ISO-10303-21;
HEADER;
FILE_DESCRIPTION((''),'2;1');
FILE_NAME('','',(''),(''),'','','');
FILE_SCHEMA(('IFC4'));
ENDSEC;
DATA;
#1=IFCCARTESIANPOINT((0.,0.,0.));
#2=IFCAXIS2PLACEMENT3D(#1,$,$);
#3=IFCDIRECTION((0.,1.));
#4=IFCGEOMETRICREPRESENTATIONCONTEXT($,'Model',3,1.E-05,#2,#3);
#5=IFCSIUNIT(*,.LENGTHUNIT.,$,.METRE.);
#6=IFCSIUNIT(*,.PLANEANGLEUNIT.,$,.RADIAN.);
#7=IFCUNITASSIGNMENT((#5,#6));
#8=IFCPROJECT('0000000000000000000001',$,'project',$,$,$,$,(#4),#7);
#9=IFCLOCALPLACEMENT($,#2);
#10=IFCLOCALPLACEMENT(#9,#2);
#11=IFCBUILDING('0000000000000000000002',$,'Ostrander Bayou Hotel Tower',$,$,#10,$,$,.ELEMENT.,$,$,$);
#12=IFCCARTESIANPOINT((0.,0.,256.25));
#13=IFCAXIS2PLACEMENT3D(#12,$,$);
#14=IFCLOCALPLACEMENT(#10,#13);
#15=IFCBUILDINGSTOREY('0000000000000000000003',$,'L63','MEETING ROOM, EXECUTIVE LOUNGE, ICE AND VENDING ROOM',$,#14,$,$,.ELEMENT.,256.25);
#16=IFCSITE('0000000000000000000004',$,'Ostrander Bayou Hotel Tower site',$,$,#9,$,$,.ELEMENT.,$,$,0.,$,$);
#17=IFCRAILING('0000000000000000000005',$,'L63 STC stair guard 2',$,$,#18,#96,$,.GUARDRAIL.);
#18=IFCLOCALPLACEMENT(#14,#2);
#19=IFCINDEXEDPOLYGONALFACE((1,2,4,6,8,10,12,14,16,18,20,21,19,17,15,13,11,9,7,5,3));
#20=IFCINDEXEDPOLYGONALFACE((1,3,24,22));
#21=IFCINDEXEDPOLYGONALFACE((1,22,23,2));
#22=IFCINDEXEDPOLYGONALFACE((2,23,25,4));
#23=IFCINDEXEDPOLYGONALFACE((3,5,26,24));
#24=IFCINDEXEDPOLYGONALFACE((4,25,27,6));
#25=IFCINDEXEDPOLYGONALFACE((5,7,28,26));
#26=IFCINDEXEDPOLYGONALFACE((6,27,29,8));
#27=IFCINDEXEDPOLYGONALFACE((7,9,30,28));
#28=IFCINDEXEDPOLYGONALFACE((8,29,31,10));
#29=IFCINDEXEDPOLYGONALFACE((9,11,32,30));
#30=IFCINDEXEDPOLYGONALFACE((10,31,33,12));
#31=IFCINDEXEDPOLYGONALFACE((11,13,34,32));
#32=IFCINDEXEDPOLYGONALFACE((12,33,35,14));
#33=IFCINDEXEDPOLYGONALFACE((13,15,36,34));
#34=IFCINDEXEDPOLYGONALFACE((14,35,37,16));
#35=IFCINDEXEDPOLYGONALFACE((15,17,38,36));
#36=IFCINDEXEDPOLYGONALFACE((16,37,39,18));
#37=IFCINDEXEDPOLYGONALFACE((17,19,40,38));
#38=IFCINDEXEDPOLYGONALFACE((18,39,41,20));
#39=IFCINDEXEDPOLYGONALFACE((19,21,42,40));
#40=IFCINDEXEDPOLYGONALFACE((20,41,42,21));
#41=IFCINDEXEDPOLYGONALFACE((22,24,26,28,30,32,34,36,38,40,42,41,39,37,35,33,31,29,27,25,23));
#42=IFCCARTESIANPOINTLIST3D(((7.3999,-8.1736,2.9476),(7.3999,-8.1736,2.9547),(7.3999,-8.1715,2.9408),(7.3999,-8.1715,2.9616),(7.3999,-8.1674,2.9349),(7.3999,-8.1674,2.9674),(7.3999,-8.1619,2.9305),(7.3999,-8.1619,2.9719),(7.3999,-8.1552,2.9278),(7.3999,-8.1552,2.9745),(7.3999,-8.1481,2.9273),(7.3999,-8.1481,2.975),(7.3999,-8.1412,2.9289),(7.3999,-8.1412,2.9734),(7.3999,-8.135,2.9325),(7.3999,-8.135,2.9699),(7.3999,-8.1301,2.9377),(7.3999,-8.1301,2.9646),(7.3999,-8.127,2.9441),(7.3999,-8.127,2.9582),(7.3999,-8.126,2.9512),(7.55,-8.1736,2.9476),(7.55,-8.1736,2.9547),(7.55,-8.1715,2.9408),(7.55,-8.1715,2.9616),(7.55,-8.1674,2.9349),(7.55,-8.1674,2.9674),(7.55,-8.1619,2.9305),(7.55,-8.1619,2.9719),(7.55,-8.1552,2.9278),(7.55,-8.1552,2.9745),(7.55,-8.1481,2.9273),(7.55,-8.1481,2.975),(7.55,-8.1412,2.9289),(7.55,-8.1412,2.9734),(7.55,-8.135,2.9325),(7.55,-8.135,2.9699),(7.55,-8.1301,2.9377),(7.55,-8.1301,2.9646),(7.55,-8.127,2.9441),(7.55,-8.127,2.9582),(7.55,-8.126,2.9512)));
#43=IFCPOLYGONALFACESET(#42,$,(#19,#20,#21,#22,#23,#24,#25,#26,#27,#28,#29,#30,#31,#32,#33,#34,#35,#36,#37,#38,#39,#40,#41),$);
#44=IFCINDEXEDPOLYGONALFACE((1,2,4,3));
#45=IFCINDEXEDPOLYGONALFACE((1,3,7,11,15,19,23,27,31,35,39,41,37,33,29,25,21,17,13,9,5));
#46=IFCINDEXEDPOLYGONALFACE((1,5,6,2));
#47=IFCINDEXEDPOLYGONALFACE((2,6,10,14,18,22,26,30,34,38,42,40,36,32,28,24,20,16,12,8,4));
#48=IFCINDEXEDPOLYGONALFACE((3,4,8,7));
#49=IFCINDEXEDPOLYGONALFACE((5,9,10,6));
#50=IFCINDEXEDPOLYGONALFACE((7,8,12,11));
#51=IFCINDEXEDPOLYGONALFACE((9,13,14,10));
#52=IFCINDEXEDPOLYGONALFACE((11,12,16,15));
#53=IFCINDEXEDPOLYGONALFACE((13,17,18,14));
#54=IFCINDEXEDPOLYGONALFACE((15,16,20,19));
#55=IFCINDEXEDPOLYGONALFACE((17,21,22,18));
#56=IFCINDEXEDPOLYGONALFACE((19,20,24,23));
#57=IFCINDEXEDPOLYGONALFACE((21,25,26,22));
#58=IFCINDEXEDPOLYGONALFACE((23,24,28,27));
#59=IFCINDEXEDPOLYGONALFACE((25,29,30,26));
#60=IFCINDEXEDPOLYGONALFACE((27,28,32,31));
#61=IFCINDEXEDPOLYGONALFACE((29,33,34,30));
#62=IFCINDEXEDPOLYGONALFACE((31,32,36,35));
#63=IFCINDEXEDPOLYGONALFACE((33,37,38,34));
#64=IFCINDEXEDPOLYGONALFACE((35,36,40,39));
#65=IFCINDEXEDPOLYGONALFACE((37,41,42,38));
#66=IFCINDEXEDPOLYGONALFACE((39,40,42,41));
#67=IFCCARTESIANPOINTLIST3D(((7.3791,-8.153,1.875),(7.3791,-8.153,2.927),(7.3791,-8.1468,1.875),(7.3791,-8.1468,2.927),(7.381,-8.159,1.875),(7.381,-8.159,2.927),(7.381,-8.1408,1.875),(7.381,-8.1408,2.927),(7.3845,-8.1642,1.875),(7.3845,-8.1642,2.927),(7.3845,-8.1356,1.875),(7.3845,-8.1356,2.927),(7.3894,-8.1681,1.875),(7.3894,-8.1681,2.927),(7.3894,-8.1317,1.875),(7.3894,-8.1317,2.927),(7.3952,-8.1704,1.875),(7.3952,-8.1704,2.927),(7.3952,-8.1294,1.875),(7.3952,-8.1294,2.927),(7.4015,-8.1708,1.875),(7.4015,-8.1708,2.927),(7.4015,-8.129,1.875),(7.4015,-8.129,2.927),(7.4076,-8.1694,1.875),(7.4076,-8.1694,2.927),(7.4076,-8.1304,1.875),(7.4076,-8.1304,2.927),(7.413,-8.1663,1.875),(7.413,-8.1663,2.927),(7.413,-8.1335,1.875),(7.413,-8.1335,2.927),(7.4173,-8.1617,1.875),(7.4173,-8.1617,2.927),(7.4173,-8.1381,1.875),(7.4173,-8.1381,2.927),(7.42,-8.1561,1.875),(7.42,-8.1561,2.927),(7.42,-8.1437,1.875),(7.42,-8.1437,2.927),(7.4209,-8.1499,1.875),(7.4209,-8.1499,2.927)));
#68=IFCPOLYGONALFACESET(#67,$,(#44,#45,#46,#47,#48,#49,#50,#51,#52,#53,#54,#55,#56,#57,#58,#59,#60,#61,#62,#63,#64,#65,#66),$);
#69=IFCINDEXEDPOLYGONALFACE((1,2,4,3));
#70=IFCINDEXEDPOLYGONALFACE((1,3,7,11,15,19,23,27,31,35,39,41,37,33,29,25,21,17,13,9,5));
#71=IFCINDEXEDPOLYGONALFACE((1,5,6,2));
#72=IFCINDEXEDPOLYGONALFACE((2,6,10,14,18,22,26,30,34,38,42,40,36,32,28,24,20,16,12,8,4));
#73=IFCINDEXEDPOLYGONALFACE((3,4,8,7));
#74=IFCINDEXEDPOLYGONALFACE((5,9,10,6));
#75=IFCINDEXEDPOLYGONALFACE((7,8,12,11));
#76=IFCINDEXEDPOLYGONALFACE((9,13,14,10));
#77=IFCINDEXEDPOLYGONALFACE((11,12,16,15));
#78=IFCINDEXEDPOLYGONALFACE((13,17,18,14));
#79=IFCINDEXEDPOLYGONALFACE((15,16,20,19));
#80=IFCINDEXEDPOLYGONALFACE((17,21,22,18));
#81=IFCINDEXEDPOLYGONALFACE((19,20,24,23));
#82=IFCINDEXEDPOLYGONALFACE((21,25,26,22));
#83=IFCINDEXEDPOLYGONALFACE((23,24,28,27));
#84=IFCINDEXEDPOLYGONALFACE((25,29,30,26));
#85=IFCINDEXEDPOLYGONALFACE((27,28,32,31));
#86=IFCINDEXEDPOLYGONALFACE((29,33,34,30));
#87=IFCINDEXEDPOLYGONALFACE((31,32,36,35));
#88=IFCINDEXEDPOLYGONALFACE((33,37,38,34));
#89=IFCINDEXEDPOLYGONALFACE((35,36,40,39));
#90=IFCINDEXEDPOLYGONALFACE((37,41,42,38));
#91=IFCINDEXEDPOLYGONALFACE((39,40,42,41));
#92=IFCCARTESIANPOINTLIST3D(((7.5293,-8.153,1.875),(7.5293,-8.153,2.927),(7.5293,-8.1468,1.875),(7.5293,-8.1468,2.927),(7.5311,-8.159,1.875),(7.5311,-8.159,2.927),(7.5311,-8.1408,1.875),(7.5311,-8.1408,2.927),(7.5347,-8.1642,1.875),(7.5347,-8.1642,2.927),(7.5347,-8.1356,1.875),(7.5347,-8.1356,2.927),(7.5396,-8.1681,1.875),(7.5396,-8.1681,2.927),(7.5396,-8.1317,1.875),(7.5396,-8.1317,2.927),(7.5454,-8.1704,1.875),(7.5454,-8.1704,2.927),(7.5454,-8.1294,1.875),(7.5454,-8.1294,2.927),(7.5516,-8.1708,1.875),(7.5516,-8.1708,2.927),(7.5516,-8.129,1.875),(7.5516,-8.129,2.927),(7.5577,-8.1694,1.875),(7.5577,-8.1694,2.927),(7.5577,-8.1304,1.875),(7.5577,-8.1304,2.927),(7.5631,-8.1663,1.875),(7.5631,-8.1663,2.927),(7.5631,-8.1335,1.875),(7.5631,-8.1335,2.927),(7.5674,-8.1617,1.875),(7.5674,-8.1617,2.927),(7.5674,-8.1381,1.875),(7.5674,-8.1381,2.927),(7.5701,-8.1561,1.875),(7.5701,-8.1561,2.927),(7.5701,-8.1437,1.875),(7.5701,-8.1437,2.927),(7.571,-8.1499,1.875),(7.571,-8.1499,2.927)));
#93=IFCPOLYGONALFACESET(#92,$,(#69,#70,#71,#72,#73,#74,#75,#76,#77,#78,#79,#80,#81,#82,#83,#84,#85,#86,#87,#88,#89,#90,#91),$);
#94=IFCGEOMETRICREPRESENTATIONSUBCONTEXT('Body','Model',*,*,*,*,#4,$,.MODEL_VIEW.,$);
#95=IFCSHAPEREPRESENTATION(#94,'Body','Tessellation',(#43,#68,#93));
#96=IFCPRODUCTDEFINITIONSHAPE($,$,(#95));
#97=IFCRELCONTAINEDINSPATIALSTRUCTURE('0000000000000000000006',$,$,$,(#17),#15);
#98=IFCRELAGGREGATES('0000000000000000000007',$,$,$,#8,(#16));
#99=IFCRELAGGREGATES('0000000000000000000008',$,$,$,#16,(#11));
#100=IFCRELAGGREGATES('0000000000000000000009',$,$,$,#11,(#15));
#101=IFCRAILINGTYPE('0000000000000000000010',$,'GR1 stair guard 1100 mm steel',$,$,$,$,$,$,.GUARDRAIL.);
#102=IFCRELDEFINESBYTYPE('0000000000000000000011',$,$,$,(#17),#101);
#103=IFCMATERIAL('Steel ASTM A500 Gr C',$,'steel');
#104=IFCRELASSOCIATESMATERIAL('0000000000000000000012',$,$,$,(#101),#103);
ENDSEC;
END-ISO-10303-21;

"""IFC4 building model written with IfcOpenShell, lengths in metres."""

from ifc_helpers import new_model, si_unit, direction, frame, origin, origin_2d, place, context, subcontext, project, spatial, circle, extrude, material, type_object, element, save


model = new_model("IFC4")

# Units and contexts
model_context = context("Model", 3, precision=1e-05, world=origin(), true_north=direction((0.0, 1.0)))
body_context = subcontext(model_context, "Body", "Model", "MODEL_VIEW")
ifc_project = project(units=[si_unit("LENGTHUNIT", "METRE"), si_unit("PLANEANGLEUNIT", "RADIAN")], contexts=[model_context])

# Site, building, storey
site_placement = place(None, origin())
site = spatial("IfcSite", under=ifc_project, at=site_placement, Name="Ostrander Bayou Hotel Tower site", CompositionType="ELEMENT", RefElevation=0.0)
building_placement = place(site_placement, origin())
building = spatial("IfcBuilding", under=site, at=building_placement, Name="Ostrander Bayou Hotel Tower", CompositionType="ELEMENT")
storey_placement = place(building_placement, frame((0.0, 0.0, 256.25)))
storey = spatial("IfcBuildingStorey", under=building, at=storey_placement, Name="L63", Description="MEETING ROOM, EXECUTIVE LOUNGE, ICE AND VENDING ROOM", CompositionType="ELEMENT", Elevation=256.25)

# Railing
ifc_material_1 = material(Name="Steel ASTM A500 Gr C", Category="steel")
railing_type_1 = type_object("IfcRailingType", Name="GR1 stair guard 1100 mm steel", PredefinedType="GUARDRAIL", material=ifc_material_1)
railing_1_placement = place(storey_placement, frame((7.3999, -8.1499, 1.875)))
element("IfcRailing", 1, at=railing_1_placement, inside=storey, type_object=railing_type_1, Name="L63 STC stair guard 2", PredefinedType="GUARDRAIL", context=body_context, shape_type="SweptSolid", body=[
    extrude(circle(Radius=0.0239, at=origin_2d()), frame((0.0, 0.0, 1.0762), z_axis=(1.0, 0.0, 0.0), x_axis=(0.0, 1.0, 0.0)), (0.0, 0.0, 1.0), 0.1501),
    extrude(circle(Radius=0.021, at=origin_2d()), origin(), (0.0, 0.0, 1.0), 1.052),
    extrude(circle(Radius=0.021, at=origin_2d()), frame((0.1501, 0.0, 0.0)), (0.0, 0.0, 1.0), 1.052),
])

save(model, "model.ifc")
